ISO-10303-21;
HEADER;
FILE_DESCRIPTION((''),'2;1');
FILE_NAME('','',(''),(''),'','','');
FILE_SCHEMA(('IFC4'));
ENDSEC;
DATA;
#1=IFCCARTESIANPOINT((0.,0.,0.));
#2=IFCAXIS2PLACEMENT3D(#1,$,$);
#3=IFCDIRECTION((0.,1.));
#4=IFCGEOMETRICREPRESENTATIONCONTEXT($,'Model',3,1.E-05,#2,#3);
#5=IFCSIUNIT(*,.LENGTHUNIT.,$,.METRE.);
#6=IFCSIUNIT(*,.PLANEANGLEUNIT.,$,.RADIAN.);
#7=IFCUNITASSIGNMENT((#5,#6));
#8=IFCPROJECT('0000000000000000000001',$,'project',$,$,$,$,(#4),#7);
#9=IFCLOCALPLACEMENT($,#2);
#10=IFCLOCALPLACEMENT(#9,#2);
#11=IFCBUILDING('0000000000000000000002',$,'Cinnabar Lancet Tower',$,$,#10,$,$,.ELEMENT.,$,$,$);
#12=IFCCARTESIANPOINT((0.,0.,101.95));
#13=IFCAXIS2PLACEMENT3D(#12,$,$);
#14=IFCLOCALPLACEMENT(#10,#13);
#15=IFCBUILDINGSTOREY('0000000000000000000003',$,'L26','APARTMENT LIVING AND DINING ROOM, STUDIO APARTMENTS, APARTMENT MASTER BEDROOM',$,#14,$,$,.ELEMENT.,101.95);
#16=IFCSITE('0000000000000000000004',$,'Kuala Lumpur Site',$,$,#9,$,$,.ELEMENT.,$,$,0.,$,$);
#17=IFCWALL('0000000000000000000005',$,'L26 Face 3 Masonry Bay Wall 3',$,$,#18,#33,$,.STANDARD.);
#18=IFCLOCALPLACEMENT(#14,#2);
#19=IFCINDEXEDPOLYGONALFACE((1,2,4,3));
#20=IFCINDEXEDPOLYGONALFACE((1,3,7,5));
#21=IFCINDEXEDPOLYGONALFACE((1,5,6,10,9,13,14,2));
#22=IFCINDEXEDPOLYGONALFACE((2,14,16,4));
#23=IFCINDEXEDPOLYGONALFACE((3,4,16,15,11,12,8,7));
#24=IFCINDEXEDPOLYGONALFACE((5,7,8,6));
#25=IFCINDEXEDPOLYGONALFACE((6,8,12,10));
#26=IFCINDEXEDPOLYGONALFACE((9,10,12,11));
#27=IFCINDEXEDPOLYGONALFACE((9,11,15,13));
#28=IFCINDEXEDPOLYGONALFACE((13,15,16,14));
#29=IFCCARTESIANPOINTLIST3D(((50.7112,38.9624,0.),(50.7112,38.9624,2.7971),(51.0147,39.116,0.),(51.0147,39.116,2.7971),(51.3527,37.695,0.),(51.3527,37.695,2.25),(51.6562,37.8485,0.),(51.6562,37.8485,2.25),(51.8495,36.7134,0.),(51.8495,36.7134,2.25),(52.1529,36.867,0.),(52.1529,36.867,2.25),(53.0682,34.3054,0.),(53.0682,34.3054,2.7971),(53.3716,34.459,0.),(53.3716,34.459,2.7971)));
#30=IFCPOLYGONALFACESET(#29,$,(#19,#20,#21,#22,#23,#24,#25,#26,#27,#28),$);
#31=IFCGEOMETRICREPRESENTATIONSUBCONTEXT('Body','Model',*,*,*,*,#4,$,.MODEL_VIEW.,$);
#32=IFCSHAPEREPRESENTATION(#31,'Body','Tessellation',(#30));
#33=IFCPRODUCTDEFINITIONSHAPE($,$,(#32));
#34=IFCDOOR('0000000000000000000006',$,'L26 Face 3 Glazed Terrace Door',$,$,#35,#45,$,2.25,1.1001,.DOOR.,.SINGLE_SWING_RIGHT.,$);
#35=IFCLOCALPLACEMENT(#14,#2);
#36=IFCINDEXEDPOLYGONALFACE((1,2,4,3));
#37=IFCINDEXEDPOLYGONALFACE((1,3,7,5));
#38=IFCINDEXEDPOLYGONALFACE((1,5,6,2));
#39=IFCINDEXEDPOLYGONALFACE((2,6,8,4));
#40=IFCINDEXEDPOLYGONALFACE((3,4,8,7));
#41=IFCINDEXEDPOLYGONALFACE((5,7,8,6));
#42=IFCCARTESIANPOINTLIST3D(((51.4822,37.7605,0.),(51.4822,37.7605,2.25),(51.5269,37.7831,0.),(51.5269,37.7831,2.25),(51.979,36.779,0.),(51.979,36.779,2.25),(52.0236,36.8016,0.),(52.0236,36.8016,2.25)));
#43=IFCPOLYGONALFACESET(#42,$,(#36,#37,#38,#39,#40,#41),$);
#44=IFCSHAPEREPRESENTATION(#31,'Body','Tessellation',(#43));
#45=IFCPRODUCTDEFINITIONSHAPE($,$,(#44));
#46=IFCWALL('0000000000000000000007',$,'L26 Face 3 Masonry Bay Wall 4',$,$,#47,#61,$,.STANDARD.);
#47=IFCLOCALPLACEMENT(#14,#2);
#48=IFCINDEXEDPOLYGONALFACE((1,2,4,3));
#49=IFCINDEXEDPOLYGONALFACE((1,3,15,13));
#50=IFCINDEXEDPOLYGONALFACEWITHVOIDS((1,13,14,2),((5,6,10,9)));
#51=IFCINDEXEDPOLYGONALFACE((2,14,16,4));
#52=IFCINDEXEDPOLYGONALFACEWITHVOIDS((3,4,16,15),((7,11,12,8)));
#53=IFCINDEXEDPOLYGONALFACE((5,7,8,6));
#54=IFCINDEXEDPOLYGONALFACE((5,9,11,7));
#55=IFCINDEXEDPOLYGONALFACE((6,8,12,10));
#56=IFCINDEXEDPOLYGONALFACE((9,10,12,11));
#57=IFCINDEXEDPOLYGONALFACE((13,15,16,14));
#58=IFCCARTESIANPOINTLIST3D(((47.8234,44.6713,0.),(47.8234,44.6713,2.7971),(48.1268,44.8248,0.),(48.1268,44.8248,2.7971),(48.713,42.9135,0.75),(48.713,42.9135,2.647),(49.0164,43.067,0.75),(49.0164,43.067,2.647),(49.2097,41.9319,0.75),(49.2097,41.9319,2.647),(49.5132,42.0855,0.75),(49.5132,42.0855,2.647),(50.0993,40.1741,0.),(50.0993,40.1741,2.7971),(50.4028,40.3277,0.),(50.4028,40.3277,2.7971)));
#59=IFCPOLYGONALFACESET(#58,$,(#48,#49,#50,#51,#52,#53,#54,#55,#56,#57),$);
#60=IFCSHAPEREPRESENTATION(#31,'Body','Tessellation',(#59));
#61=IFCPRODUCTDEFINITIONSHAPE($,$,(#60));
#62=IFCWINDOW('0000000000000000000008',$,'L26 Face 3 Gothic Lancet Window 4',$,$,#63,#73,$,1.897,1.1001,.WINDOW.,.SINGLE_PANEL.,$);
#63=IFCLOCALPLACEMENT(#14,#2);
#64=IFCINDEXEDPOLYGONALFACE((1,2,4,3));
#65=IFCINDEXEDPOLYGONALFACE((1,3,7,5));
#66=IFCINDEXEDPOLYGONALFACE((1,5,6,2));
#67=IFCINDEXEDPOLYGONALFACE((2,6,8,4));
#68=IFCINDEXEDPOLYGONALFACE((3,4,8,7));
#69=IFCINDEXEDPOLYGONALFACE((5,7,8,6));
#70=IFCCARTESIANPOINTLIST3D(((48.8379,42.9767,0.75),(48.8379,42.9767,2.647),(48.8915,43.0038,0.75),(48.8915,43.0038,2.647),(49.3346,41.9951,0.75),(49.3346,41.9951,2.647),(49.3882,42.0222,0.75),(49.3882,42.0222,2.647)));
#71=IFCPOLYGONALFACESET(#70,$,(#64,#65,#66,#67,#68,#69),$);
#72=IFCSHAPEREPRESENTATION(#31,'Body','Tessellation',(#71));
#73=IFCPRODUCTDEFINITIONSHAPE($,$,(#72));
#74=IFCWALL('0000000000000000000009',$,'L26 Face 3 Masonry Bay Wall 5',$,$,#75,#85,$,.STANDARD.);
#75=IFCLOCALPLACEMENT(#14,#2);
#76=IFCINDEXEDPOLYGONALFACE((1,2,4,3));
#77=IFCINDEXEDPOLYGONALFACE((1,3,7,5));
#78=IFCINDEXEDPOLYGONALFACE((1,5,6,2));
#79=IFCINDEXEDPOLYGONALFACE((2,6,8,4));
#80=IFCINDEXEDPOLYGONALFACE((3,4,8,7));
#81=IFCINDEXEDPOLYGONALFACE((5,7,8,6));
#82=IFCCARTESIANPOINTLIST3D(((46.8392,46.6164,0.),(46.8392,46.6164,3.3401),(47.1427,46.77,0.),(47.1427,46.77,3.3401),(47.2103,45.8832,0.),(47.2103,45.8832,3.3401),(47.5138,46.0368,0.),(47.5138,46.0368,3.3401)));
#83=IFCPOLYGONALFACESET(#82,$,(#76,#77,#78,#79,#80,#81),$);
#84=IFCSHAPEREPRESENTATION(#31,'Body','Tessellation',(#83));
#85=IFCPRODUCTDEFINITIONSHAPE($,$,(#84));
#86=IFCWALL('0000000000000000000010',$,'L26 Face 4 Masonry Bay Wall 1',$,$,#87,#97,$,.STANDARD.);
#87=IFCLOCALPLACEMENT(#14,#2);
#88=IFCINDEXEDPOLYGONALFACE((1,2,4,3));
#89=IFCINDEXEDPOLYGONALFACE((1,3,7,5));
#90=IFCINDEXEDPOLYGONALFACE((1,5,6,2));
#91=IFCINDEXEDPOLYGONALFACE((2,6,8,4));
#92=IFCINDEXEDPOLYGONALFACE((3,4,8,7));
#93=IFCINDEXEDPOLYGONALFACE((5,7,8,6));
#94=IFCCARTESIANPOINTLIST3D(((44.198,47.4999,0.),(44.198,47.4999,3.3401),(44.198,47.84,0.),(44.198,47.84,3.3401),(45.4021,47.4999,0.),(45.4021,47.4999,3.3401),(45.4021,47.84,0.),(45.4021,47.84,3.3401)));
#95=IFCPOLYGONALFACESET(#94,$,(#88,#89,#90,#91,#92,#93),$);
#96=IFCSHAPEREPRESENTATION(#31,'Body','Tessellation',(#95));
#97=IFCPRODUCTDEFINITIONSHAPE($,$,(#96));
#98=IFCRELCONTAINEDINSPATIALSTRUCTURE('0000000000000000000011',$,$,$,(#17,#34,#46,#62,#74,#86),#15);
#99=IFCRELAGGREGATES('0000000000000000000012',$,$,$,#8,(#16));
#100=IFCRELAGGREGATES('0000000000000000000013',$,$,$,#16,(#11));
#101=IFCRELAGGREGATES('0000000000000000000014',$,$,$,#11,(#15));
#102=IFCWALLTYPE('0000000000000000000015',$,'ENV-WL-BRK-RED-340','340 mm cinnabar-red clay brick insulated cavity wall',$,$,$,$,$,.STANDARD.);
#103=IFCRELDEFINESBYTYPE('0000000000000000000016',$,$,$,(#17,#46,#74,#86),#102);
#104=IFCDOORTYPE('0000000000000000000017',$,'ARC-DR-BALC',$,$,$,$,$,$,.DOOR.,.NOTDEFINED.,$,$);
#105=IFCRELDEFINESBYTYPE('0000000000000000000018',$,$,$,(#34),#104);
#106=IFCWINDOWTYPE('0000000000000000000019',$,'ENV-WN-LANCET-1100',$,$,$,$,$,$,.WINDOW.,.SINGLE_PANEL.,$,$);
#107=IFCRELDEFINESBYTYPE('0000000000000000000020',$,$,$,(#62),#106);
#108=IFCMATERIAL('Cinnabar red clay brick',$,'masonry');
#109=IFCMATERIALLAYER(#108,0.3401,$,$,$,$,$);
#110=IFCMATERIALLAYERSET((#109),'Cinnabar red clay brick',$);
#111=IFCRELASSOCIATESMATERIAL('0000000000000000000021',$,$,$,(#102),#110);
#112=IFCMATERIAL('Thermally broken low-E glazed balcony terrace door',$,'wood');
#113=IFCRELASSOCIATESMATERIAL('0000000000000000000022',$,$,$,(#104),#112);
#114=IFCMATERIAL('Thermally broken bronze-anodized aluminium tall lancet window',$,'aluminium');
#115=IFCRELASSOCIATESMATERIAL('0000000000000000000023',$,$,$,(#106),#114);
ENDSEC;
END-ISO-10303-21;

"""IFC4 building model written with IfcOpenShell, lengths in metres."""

from ifc_helpers import new_model, si_unit, direction, frame, frame_2d, origin, place, context, subcontext, project, spatial, rectangle, extrude, material, layer, layer_set, type_object, element, fill, save


model = new_model("IFC4")

# Units and contexts
model_context = context("Model", 3, precision=1e-05, world=origin(), true_north=direction((0.0, 1.0)))
body_context = subcontext(model_context, "Body", "Model", "MODEL_VIEW")
ifc_project = project(units=[si_unit("LENGTHUNIT", "METRE"), si_unit("PLANEANGLEUNIT", "RADIAN")], contexts=[model_context])

# Site, building, storey
site_placement = place(None, origin())
site = spatial("IfcSite", under=ifc_project, at=site_placement, Name="Kuala Lumpur Site", CompositionType="ELEMENT", RefElevation=0.0)
building_placement = place(site_placement, origin())
building = spatial("IfcBuilding", under=site, at=building_placement, Name="Cinnabar Lancet Tower", CompositionType="ELEMENT")
storey_placement = place(building_placement, frame((0.0, 0.0, 101.95)))
storey = spatial("IfcBuildingStorey", under=building, at=storey_placement, Name="L26", Description="APARTMENT LIVING AND DINING ROOM, STUDIO APARTMENTS, APARTMENT MASTER BEDROOM", CompositionType="ELEMENT", Elevation=101.95)

# Shared definitions
ifc_material_1 = material(Name="Cinnabar red clay brick", Category="masonry")
ifc_layer_1 = layer(ifc_material_1, 0.3401)
ifc_layer_set_1 = layer_set([ifc_layer_1], Name="Cinnabar red clay brick")
wall_type_1 = type_object("IfcWallType", Name="ENV-WL-BRK-RED-340", Description="340 mm cinnabar-red clay brick insulated cavity wall", PredefinedType="STANDARD", material=ifc_layer_set_1)

# Wall, opening, door
wall_1_placement = place(storey_placement, frame((53.22, 34.3821, 0.0), z_axis=(0.0, 0.0, 1.0), x_axis=(-0.451568, 0.892237, 0.0)))
wall_1 = element("IfcWall", 1, at=wall_1_placement, inside=storey, type_object=wall_type_1, Name="L26 Face 3 Masonry Bay Wall 3", PredefinedType="STANDARD", context=body_context, shape_type="SweptSolid", body=[
    extrude(rectangle(XDim=5.2195, YDim=0.3401, at=frame_2d((2.6099, 0.0))), origin(), (0.0, 0.0, 1.0), 2.7971),
])
opening_1_placement = place(wall_1_placement, frame((2.699, 0.0, 0.0)))
opening_1 = element("IfcOpeningElement", 2, at=opening_1_placement, cuts=wall_1, PredefinedType="OPENING", context=body_context, shape_type="SweptSolid", body=[
    extrude(rectangle(XDim=1.1001, YDim=2.25, at=frame_2d((0.55, 1.125))), frame((0.0, 0.1799, 0.0), z_axis=(0.0, -1.0, 0.0), x_axis=(1.0, 0.0, 0.0)), (0.0, 0.0, 1.0), 0.3601),
])
ifc_material_2 = material(Name="Thermally broken low-E glazed balcony terrace door", Category="wood")
door_type = type_object("IfcDoorType", Name="ARC-DR-BALC", OperationType="NOTDEFINED", PredefinedType="DOOR", material=ifc_material_2)
door_placement = place(opening_1_placement, origin())
door = element("IfcDoor", 3, at=door_placement, inside=storey, type_object=door_type, Name="L26 Face 3 Glazed Terrace Door", OperationType="SINGLE_SWING_RIGHT", OverallHeight=2.25, OverallWidth=1.1001, PredefinedType="DOOR", context=body_context, shape_type="SweptSolid", body=[
    extrude(rectangle(XDim=1.1001, YDim=2.25, at=frame_2d((0.55, 1.125))), frame((0.0, 0.0249, 0.0), z_axis=(0.0, -1.0, 0.0), x_axis=(1.0, 0.0, 0.0)), (0.0, 0.0, 1.0), 0.05),
])
fill(opening_1, door)

# Wall, opening, window
wall_2_placement = place(storey_placement, frame((50.251, 40.251, 0.0), z_axis=(0.0, 0.0, 1.0), x_axis=(-0.451548, 0.892247, 0.0)))
wall_2 = element("IfcWall", 4, at=wall_2_placement, inside=storey, type_object=wall_type_1, Name="L26 Face 3 Masonry Bay Wall 4", PredefinedType="STANDARD", context=body_context, shape_type="SweptSolid", body=[
    extrude(rectangle(XDim=5.0403, YDim=0.3401, at=frame_2d((2.52, 0.0))), origin(), (0.0, 0.0, 1.0), 2.7971),
])
opening_2_placement = place(wall_2_placement, frame((1.97, 0.0, 0.75)))
opening_2 = element("IfcOpeningElement", 5, at=opening_2_placement, cuts=wall_2, PredefinedType="OPENING", context=body_context, shape_type="SweptSolid", body=[
    extrude(rectangle(XDim=1.1001, YDim=1.897, at=frame_2d((0.55, 0.9485))), frame((0.0, 0.1799, 0.0), z_axis=(0.0, -1.0, 0.0), x_axis=(1.0, 0.0, 0.0)), (0.0, 0.0, 1.0), 0.3601),
])
ifc_material_3 = material(Name="Thermally broken bronze-anodized aluminium tall lancet window", Category="aluminium")
window_type = type_object("IfcWindowType", Name="ENV-WN-LANCET-1100", PartitioningType="SINGLE_PANEL", PredefinedType="WINDOW", material=ifc_material_3)
window_placement = place(opening_2_placement, origin())
window = element("IfcWindow", 6, at=window_placement, inside=storey, type_object=window_type, Name="L26 Face 3 Gothic Lancet Window 4", OverallHeight=1.897, OverallWidth=1.1001, PartitioningType="SINGLE_PANEL", PredefinedType="WINDOW", context=body_context, shape_type="SweptSolid", body=[
    extrude(rectangle(XDim=1.1001, YDim=1.897, at=frame_2d((0.55, 0.9485))), frame((0.0, 0.03, 0.0), z_axis=(0.0, -1.0, 0.0), x_axis=(1.0, 0.0, 0.0)), (0.0, 0.0, 1.0), 0.0601),
])
fill(opening_2, window)

# Walls
wall_3_placement = place(storey_placement, frame((47.3621, 45.96, 0.0), z_axis=(0.0, 0.0, 1.0), x_axis=(-0.451605, 0.892218, 0.0)))
element("IfcWall", 7, at=wall_3_placement, inside=storey, type_object=wall_type_1, Name="L26 Face 3 Masonry Bay Wall 5", PredefinedType="STANDARD", context=body_context, shape_type="SweptSolid", body=[
    extrude(rectangle(XDim=0.8218, YDim=0.3401, at=frame_2d((0.4109, 0.0))), origin(), (0.0, 0.0, 1.0), 3.3401),
])
wall_4_placement = place(storey_placement, frame((45.4021, 47.6699, 0.0), z_axis=(0.0, 0.0, 1.0), x_axis=(-1.0, 0.0, 0.0)))
element("IfcWall", 8, at=wall_4_placement, inside=storey, type_object=wall_type_1, Name="L26 Face 4 Masonry Bay Wall 1", PredefinedType="STANDARD", context=body_context, shape_type="SweptSolid", body=[
    extrude(rectangle(XDim=1.2041, YDim=0.3401, at=frame_2d((0.6021, 0.0))), origin(), (0.0, 0.0, 1.0), 3.3401),
])

save(model, "model.ifc")
